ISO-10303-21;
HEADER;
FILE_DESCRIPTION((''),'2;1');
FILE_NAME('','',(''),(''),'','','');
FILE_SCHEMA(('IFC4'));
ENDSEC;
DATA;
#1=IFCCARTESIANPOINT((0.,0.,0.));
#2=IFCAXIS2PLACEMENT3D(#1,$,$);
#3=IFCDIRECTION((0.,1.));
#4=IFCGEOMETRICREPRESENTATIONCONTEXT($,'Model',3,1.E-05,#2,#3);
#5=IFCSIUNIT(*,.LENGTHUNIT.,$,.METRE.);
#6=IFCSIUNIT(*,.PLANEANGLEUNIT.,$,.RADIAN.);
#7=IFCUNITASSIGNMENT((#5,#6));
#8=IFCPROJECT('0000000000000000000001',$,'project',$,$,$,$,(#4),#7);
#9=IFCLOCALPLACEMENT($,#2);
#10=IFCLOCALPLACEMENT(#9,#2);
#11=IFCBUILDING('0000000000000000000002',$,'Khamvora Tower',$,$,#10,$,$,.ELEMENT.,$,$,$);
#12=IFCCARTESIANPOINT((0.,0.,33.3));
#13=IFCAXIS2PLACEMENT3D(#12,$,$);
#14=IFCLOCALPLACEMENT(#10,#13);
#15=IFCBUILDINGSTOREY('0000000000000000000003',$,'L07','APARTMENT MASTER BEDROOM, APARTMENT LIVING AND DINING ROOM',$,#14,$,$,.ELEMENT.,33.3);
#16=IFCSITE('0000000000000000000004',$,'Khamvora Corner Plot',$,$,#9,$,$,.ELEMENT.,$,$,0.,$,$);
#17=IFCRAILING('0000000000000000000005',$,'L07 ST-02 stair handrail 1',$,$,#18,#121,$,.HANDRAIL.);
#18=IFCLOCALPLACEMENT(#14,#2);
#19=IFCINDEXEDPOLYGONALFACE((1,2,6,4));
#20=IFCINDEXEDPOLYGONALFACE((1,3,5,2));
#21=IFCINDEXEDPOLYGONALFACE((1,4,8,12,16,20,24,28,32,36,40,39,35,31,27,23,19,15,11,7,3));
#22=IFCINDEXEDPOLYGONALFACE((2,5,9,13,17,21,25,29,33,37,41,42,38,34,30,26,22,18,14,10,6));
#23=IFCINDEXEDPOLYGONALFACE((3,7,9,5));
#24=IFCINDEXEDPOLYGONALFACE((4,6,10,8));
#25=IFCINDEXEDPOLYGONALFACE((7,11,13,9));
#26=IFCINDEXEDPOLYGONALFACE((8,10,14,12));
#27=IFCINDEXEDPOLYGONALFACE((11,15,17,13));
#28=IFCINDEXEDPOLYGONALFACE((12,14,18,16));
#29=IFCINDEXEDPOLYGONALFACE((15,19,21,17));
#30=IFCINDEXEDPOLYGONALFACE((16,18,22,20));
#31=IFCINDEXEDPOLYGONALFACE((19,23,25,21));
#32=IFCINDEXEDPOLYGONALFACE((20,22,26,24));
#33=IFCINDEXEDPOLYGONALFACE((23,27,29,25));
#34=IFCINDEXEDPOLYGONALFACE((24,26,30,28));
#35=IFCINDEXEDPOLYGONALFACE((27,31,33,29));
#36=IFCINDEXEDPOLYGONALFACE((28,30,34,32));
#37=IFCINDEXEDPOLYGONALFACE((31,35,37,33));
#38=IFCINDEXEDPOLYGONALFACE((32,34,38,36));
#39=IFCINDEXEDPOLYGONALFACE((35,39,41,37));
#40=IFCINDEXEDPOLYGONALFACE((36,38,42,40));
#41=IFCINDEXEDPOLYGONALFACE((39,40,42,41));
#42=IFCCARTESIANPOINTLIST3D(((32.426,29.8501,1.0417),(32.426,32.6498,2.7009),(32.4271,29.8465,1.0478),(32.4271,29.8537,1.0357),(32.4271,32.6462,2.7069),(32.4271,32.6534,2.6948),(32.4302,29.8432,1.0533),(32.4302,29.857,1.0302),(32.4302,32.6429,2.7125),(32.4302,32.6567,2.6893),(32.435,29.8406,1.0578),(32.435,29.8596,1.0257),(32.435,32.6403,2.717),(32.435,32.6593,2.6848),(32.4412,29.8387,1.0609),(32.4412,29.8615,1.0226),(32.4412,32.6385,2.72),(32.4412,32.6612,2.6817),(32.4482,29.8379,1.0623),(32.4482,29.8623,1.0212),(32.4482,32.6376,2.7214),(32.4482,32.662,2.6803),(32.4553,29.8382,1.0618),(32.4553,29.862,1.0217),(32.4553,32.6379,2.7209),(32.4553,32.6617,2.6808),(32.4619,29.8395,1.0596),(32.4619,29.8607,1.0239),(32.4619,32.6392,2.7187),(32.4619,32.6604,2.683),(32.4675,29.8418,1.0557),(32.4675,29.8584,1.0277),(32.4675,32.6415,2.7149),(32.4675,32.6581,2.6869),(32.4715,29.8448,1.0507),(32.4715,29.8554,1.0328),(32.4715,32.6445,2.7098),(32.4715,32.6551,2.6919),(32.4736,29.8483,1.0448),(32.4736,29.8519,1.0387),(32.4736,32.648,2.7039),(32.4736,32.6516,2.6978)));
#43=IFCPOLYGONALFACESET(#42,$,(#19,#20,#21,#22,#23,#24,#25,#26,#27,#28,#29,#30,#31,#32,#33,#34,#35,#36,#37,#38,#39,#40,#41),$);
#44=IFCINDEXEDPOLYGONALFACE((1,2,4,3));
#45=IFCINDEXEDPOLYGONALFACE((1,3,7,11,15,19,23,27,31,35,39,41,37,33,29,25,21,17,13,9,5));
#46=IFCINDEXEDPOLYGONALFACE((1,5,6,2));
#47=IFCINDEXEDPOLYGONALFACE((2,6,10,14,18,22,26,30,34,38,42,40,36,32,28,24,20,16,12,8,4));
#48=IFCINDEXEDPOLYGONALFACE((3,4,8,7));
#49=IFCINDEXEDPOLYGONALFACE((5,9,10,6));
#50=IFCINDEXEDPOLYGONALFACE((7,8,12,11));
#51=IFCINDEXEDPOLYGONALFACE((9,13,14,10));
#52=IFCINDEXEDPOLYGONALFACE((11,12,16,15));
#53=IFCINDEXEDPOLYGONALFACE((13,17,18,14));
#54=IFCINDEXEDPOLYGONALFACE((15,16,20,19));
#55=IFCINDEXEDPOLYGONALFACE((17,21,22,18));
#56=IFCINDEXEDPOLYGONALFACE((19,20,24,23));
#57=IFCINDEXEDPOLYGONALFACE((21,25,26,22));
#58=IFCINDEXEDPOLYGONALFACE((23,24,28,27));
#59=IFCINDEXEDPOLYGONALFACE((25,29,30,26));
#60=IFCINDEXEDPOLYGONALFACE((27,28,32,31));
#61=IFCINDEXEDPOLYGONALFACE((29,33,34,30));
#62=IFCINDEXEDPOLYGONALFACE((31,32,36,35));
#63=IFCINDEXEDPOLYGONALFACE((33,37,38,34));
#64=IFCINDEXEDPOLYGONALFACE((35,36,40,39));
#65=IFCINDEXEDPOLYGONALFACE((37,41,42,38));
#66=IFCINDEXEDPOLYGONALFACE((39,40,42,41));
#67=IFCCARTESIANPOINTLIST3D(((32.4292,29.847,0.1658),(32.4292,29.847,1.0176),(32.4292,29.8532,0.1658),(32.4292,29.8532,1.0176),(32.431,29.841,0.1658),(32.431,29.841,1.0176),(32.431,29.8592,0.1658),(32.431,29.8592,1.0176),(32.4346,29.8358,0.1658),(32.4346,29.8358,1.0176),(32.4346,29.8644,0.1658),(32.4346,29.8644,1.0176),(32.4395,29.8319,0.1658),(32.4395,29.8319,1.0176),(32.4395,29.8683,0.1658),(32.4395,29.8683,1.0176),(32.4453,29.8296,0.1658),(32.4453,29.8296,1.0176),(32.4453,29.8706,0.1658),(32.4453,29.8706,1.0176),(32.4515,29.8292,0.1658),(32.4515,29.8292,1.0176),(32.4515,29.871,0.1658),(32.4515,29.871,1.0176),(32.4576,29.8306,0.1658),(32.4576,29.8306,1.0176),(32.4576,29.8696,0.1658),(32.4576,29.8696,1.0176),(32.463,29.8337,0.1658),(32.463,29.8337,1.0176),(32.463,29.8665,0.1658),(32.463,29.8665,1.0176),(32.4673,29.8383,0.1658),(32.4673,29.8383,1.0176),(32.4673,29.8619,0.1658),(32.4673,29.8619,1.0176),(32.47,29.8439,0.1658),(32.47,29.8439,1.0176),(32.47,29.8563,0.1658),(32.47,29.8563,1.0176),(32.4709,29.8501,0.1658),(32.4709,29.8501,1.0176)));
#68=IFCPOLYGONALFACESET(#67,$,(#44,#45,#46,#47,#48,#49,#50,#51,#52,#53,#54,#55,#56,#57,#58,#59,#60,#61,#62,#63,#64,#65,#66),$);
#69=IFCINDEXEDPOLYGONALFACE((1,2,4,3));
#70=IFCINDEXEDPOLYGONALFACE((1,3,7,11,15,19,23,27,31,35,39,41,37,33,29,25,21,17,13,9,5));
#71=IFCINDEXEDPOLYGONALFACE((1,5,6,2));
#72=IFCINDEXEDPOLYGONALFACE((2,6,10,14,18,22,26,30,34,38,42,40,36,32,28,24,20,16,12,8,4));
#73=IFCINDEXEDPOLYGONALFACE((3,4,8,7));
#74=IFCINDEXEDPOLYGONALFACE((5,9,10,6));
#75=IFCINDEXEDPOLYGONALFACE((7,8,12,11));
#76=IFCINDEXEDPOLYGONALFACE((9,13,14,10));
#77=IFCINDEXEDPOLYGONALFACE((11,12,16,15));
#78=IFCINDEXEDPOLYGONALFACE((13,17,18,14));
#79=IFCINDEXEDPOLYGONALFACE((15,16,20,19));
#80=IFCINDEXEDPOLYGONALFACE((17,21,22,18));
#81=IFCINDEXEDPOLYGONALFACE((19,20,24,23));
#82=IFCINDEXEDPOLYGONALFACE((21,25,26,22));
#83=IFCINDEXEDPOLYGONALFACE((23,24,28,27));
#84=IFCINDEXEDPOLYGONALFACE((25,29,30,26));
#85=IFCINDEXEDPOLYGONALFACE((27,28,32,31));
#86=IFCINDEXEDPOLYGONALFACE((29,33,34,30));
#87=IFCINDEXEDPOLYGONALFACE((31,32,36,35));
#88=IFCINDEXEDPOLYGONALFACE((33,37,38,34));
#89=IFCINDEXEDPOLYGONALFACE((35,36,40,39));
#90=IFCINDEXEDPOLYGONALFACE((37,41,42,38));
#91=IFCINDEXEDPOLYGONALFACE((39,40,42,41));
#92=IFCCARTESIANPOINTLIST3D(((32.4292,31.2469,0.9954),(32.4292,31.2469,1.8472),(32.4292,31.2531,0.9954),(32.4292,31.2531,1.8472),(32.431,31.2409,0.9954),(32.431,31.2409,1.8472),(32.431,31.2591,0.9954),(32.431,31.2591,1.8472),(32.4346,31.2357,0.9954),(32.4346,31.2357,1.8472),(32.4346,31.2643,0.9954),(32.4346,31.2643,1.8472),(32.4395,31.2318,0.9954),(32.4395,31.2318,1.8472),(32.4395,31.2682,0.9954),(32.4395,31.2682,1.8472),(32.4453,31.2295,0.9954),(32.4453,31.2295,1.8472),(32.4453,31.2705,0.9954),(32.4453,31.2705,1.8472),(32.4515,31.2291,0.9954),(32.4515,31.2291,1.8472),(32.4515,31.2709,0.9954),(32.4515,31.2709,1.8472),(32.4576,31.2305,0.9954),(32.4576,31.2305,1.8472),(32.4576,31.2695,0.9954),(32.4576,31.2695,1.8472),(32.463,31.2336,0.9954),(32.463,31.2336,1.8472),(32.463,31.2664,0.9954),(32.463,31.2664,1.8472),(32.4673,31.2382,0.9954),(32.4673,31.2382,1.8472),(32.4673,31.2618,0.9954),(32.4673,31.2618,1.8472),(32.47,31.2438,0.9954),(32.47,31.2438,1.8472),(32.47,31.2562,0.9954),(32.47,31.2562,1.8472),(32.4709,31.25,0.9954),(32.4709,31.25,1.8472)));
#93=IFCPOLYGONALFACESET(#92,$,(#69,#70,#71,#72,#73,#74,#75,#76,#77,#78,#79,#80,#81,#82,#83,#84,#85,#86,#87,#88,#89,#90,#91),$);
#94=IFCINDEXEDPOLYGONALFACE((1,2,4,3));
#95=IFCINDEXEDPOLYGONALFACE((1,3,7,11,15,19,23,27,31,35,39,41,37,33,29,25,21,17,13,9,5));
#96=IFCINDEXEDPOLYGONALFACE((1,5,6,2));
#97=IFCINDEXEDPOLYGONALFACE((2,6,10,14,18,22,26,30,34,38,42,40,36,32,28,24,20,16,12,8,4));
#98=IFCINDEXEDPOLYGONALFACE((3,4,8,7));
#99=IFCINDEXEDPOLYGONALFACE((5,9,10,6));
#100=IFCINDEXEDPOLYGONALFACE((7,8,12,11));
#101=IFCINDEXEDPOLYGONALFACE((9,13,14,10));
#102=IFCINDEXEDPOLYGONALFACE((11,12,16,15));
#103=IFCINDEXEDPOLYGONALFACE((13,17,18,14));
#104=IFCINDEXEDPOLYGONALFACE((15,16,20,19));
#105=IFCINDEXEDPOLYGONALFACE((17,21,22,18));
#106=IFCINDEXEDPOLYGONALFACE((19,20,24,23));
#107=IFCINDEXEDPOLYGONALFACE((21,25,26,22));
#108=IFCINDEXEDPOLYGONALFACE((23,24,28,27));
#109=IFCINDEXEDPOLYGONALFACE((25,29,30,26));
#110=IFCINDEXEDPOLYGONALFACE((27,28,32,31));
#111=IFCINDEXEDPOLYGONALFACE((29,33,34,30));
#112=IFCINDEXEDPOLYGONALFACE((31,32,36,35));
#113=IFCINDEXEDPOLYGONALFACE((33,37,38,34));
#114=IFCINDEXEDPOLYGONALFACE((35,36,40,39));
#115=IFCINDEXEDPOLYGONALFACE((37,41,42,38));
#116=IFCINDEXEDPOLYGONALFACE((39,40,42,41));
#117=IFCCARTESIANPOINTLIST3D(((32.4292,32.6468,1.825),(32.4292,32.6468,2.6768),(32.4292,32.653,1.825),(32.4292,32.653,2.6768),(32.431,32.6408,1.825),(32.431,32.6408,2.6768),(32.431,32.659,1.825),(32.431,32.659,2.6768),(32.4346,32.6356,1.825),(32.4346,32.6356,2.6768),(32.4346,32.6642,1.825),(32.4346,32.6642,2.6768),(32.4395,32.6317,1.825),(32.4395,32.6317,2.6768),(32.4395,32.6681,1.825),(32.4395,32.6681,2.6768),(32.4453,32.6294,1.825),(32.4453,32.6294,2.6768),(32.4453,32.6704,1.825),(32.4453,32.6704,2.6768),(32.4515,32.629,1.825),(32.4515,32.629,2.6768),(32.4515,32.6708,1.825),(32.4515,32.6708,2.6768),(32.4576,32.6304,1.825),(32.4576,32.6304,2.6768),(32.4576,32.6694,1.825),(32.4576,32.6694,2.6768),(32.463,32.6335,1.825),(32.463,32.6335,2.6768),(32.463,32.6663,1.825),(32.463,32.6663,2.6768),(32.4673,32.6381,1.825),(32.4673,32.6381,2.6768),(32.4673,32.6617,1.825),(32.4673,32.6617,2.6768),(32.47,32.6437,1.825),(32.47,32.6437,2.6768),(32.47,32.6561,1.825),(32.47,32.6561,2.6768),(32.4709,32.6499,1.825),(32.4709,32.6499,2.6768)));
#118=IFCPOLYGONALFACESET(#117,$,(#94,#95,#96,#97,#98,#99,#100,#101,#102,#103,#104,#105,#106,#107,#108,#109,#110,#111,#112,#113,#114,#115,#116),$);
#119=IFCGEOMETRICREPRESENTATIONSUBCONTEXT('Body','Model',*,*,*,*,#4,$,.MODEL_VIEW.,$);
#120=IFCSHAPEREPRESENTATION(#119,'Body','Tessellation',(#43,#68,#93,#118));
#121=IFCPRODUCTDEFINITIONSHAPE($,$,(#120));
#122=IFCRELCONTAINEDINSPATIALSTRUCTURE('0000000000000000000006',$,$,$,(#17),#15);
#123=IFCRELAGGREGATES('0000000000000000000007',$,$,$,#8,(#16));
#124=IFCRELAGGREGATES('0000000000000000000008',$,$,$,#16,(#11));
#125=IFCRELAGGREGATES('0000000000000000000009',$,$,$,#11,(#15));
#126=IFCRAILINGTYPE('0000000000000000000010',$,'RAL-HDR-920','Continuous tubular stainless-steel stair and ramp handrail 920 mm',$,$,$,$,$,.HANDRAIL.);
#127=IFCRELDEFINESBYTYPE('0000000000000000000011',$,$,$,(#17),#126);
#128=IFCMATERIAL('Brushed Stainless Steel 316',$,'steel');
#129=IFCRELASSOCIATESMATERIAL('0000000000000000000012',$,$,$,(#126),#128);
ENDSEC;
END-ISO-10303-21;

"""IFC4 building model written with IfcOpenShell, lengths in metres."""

from ifc_helpers import new_model, si_unit, direction, frame, origin, origin_2d, place, context, subcontext, project, spatial, circle, extrude, material, type_object, element, save


model = new_model("IFC4")

# Units and contexts
model_context = context("Model", 3, precision=1e-05, world=origin(), true_north=direction((0.0, 1.0)))
body_context = subcontext(model_context, "Body", "Model", "MODEL_VIEW")
ifc_project = project(units=[si_unit("LENGTHUNIT", "METRE"), si_unit("PLANEANGLEUNIT", "RADIAN")], contexts=[model_context])

# Site, building, storey
site_placement = place(None, origin())
site = spatial("IfcSite", under=ifc_project, at=site_placement, Name="Khamvora Corner Plot", CompositionType="ELEMENT", RefElevation=0.0)
building_placement = place(site_placement, origin())
building = spatial("IfcBuilding", under=site, at=building_placement, Name="Khamvora Tower", CompositionType="ELEMENT")
storey_placement = place(building_placement, frame((0.0, 0.0, 33.3)))
storey = spatial("IfcBuildingStorey", under=building, at=storey_placement, Name="L07", Description="APARTMENT MASTER BEDROOM, APARTMENT LIVING AND DINING ROOM", CompositionType="ELEMENT", Elevation=33.3)

# Railing
ifc_material_1 = material(Name="Brushed Stainless Steel 316", Category="steel")
railing_type_1 = type_object("IfcRailingType", Name="RAL-HDR-920", Description="Continuous tubular stainless-steel stair and ramp handrail 920 mm", PredefinedType="HANDRAIL", material=ifc_material_1)
railing_1_placement = place(storey_placement, frame((32.45, 29.8501, 0.1658)))
element("IfcRailing", 1, at=railing_1_placement, inside=storey, type_object=railing_type_1, Name="L07 ST-02 stair handrail 1", PredefinedType="HANDRAIL", context=body_context, shape_type="SweptSolid", body=[
    extrude(circle(Radius=0.0239, at=origin_2d()), frame((0.0, 0.0, 0.876), z_axis=(0.0, 0.860287, 0.509811), x_axis=(-1.0, 0.0, 0.0)), (0.0, 0.0, 1.0), 3.2544),
    extrude(circle(Radius=0.021, at=origin_2d()), origin(), (0.0, 0.0, 1.0), 0.8518),
    extrude(circle(Radius=0.021, at=origin_2d()), frame((0.0, 1.3999, 0.8296)), (0.0, 0.0, 1.0), 0.8518),
    extrude(circle(Radius=0.021, at=origin_2d()), frame((0.0, 2.7998, 1.6592)), (0.0, 0.0, 1.0), 0.8518),
])

save(model, "model.ifc")
